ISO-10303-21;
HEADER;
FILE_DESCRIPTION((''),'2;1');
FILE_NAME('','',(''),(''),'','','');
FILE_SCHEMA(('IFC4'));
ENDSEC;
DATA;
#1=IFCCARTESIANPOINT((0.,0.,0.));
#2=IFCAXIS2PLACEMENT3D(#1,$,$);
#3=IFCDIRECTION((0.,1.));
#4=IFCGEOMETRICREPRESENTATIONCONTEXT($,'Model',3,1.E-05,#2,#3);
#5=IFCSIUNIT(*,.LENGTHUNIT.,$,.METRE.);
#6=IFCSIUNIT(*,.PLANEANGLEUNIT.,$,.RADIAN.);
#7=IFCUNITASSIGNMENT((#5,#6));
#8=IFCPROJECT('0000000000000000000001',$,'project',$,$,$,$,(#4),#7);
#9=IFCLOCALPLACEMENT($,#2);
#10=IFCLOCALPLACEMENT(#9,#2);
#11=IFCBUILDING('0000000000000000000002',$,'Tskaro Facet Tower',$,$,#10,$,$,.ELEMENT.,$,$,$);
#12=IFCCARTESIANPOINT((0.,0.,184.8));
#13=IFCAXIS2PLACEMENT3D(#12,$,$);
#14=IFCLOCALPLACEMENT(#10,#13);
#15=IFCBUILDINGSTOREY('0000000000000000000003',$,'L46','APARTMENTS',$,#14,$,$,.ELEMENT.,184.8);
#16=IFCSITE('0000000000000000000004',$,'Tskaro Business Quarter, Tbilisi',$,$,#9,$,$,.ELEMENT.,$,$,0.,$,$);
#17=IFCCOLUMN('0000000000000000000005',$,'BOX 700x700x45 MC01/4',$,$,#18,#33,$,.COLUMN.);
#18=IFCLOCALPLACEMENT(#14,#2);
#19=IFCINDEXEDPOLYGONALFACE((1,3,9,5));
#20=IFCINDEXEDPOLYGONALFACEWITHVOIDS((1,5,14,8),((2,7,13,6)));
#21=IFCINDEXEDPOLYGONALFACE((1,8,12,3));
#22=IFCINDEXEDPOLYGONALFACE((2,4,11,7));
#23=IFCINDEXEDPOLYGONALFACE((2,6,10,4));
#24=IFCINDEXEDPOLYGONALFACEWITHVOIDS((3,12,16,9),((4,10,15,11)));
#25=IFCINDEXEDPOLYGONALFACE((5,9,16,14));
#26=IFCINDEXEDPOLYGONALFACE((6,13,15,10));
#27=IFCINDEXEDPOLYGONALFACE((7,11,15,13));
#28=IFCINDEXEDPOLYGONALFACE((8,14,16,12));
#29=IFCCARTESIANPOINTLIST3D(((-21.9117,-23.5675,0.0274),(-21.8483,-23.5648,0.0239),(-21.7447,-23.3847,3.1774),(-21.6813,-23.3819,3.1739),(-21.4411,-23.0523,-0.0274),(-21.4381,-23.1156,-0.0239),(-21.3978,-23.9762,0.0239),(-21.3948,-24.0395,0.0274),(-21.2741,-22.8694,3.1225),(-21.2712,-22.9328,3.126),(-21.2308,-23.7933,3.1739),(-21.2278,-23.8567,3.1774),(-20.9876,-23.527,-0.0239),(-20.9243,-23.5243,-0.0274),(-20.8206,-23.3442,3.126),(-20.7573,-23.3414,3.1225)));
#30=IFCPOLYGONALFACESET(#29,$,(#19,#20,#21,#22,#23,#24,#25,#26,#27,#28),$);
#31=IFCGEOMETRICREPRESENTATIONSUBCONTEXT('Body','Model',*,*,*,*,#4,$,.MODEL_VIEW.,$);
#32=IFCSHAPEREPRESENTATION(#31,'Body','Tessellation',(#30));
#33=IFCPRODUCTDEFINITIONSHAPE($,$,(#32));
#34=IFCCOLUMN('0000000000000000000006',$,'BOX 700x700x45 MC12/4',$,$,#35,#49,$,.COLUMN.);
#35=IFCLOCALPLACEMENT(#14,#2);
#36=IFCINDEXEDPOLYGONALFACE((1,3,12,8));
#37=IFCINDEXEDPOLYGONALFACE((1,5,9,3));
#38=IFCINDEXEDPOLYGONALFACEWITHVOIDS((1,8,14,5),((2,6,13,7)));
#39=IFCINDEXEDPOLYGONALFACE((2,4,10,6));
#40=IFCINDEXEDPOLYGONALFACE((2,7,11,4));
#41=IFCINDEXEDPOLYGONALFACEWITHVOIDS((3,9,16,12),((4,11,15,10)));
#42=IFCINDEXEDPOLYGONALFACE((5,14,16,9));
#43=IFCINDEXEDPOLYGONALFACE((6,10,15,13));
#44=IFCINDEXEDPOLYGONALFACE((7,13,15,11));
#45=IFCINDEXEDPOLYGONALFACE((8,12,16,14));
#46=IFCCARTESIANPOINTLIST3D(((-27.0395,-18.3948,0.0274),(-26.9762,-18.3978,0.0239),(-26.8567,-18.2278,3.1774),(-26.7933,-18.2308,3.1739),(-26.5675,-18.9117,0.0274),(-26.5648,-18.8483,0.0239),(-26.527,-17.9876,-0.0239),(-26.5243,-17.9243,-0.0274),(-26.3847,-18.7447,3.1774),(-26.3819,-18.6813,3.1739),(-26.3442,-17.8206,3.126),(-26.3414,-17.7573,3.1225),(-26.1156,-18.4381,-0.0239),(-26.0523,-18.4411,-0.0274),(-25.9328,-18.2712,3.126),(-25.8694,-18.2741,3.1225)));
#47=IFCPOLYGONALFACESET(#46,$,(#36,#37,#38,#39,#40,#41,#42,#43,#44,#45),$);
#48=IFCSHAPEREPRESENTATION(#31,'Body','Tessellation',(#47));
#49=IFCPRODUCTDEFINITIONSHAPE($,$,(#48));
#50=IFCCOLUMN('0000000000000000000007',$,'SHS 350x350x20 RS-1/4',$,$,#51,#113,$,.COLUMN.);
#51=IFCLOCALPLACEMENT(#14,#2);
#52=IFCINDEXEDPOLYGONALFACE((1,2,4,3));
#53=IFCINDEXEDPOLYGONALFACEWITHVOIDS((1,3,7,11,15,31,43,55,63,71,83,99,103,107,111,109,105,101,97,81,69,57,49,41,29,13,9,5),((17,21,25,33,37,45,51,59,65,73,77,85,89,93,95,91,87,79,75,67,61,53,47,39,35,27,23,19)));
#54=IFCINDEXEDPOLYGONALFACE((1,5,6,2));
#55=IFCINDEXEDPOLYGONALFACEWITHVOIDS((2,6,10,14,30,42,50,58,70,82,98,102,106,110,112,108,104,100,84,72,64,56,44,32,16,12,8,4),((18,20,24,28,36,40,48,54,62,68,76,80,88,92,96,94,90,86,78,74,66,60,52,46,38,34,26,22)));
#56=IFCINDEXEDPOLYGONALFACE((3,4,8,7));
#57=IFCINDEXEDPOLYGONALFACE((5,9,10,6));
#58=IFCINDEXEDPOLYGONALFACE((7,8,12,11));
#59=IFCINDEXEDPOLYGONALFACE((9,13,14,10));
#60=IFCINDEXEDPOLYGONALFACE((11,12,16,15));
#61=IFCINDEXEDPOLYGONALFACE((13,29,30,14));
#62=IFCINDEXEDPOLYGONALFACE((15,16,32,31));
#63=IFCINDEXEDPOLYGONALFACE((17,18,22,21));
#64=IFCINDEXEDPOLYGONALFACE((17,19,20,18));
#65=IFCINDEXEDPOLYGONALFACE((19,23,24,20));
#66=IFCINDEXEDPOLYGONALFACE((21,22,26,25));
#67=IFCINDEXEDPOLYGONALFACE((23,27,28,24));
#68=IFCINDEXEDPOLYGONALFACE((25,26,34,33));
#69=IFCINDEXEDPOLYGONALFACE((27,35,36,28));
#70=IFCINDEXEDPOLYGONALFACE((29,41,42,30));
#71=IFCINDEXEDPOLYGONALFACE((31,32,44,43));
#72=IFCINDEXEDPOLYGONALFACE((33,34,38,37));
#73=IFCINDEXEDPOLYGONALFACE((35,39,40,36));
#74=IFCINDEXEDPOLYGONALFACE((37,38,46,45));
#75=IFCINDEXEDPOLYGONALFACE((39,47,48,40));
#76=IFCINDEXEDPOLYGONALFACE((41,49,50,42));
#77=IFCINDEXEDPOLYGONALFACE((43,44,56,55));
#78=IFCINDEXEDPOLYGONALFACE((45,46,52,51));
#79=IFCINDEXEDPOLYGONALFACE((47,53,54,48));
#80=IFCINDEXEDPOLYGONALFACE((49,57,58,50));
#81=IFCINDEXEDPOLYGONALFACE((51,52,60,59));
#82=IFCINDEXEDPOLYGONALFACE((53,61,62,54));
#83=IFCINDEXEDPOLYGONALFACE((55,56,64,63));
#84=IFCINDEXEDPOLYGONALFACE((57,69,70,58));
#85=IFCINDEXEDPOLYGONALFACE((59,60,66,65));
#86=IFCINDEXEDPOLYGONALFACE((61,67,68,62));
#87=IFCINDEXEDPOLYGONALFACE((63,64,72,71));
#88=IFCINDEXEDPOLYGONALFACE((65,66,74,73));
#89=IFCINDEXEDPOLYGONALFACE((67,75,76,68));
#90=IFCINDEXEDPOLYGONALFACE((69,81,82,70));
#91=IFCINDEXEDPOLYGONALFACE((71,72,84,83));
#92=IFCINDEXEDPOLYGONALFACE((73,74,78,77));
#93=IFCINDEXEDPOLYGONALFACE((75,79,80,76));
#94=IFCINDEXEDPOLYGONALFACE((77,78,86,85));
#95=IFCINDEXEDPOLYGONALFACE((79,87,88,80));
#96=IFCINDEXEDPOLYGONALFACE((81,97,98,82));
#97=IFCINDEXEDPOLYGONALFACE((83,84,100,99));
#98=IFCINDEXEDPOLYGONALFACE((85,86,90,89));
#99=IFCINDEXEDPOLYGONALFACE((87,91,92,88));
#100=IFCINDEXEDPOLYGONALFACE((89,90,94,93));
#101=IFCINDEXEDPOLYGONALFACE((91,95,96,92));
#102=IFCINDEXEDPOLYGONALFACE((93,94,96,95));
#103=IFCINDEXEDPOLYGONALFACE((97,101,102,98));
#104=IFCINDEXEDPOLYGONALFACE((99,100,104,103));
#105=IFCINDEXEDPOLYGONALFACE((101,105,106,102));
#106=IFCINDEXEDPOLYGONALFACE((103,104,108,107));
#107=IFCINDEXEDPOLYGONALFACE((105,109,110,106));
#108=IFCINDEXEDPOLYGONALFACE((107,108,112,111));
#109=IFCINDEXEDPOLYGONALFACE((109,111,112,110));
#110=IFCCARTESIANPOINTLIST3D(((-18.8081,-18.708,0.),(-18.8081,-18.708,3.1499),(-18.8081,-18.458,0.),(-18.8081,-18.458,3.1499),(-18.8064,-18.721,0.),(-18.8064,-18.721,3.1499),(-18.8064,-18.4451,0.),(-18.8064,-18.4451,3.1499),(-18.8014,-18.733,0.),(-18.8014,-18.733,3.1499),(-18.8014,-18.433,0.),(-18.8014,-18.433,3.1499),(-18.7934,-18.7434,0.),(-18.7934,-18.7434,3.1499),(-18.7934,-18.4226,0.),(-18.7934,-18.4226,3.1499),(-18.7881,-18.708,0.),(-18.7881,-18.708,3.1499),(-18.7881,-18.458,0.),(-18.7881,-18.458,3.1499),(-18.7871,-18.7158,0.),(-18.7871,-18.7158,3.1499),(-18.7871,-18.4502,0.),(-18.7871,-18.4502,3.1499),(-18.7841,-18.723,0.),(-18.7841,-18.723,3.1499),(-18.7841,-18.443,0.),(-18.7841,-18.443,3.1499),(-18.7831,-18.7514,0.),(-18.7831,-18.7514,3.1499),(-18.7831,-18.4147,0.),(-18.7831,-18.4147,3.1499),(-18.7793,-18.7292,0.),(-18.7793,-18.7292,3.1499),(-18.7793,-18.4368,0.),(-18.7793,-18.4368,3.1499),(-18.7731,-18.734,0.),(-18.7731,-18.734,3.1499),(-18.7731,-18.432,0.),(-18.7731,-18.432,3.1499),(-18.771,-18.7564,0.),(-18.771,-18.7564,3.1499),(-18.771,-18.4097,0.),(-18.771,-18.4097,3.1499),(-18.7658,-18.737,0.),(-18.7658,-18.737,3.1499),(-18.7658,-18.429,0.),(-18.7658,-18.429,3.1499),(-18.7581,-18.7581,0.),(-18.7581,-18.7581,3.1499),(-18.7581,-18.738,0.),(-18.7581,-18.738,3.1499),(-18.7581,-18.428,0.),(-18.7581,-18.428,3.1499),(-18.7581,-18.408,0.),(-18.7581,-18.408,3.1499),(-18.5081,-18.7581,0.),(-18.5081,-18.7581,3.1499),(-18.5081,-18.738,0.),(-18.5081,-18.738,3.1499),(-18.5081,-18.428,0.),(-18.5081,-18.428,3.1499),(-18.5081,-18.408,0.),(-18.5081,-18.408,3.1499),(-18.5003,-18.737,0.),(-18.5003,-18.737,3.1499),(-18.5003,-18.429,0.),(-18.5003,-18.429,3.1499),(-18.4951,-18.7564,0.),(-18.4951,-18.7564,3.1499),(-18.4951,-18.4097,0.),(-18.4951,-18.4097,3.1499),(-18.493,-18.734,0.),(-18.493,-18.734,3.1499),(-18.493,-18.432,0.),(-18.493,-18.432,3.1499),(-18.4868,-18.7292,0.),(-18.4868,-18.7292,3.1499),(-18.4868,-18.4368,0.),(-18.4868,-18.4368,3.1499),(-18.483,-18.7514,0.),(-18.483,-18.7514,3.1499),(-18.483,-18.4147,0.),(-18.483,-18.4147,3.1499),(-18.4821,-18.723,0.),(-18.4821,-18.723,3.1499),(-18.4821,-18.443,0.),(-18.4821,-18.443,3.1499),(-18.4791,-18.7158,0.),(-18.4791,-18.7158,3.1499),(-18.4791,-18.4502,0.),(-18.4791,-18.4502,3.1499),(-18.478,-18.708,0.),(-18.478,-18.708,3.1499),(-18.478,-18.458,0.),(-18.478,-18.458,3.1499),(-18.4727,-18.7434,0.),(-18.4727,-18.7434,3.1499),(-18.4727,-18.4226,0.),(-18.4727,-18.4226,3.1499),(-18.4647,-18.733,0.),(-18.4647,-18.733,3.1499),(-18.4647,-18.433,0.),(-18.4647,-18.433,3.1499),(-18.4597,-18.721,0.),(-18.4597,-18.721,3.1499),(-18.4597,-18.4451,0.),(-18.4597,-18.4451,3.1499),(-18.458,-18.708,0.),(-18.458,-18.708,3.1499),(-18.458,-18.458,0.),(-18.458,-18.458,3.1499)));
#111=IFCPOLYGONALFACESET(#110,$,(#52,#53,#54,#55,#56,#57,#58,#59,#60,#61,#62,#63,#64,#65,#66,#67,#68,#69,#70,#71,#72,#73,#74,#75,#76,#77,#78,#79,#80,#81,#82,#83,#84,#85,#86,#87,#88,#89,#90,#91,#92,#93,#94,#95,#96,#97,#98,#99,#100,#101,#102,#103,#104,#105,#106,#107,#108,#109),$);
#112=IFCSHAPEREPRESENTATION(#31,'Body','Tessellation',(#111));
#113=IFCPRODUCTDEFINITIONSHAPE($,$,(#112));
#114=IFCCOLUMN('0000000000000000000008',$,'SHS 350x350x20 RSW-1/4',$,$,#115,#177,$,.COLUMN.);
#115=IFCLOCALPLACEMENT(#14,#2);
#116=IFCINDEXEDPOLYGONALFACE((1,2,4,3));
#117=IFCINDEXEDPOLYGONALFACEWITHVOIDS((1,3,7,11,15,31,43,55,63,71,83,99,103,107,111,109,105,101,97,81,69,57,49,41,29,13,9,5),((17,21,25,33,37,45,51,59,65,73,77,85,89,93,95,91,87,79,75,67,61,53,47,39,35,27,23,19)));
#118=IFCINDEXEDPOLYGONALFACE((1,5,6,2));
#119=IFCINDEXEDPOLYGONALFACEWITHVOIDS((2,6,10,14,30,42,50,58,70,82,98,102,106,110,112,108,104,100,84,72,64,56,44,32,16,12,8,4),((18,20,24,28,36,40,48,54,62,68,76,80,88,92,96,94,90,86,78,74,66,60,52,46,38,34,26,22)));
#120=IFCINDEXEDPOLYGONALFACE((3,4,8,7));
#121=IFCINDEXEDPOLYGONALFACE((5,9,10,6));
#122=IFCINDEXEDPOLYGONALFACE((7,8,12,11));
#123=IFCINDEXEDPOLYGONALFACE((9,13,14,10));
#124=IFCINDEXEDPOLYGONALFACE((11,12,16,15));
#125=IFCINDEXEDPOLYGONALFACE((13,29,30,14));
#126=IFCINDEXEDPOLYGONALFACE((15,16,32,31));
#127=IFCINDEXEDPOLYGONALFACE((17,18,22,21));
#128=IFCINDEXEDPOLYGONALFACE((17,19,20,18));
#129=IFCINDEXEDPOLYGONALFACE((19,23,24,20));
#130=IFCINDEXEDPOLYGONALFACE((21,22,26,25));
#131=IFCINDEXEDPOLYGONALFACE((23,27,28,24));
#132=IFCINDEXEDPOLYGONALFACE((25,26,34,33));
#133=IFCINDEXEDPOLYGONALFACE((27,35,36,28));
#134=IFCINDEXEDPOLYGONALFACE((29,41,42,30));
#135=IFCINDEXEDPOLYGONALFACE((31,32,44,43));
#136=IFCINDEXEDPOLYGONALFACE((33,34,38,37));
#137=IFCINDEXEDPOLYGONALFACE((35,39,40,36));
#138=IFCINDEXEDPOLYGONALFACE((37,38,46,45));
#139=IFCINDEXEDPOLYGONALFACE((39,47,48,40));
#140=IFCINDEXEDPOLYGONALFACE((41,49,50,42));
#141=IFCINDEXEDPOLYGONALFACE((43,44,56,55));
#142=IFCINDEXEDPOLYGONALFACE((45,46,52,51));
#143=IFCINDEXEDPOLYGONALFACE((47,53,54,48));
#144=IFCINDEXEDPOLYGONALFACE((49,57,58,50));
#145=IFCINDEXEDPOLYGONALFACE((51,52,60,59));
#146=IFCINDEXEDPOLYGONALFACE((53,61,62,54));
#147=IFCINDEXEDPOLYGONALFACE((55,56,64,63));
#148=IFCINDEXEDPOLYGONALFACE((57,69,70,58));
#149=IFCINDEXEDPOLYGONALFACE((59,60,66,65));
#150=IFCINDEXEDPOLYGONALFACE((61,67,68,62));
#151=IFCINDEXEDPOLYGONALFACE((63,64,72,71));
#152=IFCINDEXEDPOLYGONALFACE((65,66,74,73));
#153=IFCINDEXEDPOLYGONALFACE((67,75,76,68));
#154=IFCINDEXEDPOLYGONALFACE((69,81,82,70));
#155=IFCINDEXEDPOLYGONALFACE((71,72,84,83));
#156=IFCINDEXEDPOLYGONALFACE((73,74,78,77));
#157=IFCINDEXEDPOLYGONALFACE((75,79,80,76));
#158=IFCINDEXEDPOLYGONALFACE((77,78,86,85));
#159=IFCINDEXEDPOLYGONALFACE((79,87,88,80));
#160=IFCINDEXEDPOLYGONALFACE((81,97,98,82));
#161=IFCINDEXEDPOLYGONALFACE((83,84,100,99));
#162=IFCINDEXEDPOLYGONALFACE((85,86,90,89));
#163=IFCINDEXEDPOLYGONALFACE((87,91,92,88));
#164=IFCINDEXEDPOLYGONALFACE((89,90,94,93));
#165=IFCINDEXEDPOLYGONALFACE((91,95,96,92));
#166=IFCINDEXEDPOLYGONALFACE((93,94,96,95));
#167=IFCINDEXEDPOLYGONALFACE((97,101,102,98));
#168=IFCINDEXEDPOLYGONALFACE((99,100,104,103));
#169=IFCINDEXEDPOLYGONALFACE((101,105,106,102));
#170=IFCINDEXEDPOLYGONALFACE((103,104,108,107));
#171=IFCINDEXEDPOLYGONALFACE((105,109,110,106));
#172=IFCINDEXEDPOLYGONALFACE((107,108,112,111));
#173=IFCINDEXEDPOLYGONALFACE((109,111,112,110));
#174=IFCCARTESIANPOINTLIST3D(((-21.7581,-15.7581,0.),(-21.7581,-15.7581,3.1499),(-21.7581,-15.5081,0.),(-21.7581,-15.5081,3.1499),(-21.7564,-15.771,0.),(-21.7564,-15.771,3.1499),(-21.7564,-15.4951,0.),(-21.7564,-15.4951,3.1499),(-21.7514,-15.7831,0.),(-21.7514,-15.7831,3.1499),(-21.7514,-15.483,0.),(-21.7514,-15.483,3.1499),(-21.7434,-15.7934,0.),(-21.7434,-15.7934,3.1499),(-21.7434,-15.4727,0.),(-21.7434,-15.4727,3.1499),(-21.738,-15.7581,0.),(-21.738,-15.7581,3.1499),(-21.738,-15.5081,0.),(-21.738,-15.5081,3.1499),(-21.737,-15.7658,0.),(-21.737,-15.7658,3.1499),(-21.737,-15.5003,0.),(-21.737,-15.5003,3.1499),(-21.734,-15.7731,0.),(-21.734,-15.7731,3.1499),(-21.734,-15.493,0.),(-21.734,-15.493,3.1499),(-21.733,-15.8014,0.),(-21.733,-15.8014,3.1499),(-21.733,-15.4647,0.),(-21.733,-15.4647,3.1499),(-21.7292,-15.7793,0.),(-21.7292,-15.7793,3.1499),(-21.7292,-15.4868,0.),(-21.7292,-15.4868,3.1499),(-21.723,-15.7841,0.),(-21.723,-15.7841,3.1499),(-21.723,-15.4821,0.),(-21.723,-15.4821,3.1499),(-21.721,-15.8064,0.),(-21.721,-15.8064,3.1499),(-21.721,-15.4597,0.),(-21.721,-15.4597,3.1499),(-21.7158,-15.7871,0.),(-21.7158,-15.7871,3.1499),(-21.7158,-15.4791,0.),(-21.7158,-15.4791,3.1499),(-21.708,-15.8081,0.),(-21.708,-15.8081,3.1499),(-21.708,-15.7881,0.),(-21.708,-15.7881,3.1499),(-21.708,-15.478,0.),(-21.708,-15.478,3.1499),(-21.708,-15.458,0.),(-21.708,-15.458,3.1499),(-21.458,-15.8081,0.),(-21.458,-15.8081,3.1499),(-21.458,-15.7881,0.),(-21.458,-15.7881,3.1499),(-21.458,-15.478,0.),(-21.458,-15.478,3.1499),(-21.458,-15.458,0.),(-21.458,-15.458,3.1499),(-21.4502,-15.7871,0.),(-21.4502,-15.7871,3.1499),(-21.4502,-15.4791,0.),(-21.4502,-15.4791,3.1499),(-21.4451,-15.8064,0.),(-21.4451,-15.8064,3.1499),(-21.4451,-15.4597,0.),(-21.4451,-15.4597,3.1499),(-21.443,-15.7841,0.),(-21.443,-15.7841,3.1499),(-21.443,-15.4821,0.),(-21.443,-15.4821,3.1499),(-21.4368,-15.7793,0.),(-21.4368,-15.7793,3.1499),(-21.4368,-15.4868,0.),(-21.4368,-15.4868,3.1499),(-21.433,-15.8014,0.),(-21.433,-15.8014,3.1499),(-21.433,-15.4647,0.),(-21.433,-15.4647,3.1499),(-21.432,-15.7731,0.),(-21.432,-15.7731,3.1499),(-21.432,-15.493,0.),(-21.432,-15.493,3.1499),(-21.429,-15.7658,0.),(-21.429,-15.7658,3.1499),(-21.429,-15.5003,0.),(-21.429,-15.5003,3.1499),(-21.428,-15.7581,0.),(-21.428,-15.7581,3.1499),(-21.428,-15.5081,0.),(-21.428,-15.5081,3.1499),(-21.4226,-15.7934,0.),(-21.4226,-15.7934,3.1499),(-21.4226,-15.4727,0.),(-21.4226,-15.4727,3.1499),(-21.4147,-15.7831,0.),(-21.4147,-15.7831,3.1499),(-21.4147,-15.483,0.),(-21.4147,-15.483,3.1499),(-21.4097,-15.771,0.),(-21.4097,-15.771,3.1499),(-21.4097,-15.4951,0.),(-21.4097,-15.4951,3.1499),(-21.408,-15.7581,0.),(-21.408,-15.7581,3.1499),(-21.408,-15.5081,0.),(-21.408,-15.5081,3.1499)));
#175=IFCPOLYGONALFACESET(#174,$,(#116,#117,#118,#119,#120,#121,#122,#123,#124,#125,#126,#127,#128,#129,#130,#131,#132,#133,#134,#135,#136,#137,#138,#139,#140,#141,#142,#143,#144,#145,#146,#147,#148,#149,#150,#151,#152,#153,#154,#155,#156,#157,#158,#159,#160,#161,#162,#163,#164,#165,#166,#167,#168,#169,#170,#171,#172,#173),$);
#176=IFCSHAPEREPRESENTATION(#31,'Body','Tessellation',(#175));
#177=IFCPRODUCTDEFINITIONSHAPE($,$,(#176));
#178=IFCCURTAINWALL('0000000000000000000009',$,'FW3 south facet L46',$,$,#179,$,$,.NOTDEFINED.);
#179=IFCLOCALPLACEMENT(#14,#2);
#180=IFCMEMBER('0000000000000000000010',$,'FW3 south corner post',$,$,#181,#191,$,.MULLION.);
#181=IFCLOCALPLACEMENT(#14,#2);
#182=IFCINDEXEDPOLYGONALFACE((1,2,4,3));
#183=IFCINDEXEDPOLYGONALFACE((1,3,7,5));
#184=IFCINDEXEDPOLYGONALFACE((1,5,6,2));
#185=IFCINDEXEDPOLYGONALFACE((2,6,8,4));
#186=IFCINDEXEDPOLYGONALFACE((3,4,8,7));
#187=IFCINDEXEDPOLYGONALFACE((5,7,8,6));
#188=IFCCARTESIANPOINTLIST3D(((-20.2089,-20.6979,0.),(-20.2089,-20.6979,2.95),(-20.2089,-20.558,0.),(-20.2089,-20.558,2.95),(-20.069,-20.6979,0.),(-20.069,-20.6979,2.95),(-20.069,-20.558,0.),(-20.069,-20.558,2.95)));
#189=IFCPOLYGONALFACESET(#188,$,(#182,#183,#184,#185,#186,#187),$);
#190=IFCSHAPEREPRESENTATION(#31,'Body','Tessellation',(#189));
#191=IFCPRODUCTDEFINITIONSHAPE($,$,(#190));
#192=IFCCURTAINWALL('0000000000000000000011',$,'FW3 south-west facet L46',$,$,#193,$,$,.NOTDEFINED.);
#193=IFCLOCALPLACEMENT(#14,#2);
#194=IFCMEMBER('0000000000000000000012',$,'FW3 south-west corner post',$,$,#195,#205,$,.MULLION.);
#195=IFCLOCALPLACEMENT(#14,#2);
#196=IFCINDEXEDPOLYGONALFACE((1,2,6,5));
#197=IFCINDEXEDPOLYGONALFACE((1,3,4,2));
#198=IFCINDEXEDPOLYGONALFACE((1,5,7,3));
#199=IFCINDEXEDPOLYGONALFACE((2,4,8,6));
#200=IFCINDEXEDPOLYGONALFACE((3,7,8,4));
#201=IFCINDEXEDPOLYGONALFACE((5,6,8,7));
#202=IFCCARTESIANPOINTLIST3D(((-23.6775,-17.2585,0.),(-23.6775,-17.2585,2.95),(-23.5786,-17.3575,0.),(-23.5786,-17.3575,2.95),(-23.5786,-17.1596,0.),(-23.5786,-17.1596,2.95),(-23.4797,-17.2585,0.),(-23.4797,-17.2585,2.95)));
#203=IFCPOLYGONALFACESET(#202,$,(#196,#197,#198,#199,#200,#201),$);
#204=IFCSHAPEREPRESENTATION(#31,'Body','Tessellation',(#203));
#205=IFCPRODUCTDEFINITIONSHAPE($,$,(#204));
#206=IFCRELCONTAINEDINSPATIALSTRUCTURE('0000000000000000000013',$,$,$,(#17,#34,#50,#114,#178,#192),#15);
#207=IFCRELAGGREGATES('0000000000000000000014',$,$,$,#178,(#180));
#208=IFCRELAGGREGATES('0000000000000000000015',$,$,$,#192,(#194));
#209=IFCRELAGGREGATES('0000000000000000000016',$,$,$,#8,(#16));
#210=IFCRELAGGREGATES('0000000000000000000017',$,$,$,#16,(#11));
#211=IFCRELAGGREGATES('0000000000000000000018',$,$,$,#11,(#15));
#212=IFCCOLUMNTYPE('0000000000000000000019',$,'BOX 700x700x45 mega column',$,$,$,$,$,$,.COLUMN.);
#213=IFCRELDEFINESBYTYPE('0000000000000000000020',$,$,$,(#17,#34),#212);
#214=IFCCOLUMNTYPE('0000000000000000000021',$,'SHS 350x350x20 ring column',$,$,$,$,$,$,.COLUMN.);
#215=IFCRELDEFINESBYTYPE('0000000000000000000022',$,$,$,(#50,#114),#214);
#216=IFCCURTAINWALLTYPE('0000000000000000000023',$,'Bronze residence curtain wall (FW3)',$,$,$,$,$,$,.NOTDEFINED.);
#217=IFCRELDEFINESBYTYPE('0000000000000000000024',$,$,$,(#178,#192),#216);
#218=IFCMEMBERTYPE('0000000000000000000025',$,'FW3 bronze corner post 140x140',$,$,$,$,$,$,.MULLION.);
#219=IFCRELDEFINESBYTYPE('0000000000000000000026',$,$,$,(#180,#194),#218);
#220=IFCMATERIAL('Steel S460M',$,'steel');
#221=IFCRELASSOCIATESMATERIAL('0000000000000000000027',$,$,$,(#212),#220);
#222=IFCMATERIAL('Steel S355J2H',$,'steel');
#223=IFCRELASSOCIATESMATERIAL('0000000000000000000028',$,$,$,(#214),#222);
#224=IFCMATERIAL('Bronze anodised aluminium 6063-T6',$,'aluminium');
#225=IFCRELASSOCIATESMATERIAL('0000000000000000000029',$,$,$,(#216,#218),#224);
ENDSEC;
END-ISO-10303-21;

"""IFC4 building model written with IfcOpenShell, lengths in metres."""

from ifc_helpers import new_model, si_unit, direction, frame, origin, origin_2d, place, context, subcontext, project, spatial, rectangle, hollow_rectangle, extrude, material, material_profile, profile_set, type_object, element, aggregate, save


model = new_model("IFC4")

# Units and contexts
model_context = context("Model", 3, precision=1e-05, world=origin(), true_north=direction((0.0, 1.0)))
body_context = subcontext(model_context, "Body", "Model", "MODEL_VIEW")
ifc_project = project(units=[si_unit("LENGTHUNIT", "METRE"), si_unit("PLANEANGLEUNIT", "RADIAN")], contexts=[model_context])

# Site, building, storey
site_placement = place(None, origin())
site = spatial("IfcSite", under=ifc_project, at=site_placement, Name="Tskaro Business Quarter, Tbilisi", CompositionType="ELEMENT", RefElevation=0.0)
building_placement = place(site_placement, origin())
building = spatial("IfcBuilding", under=site, at=building_placement, Name="Tskaro Facet Tower", CompositionType="ELEMENT")
storey_placement = place(building_placement, frame((0.0, 0.0, 184.8)))
storey = spatial("IfcBuildingStorey", under=building, at=storey_placement, Name="L46", Description="APARTMENTS", CompositionType="ELEMENT", Elevation=184.8)

# Columns
ifc_material_1 = material(Name="Steel S460M", Category="steel")
ifc_material_profile_1 = material_profile(ifc_material_1, hollow_rectangle(XDim=0.7, YDim=0.7, WallThickness=0.0449, at=origin_2d()), Name="BOX 700x700x45")
ifc_profile_set_1 = profile_set([ifc_material_profile_1], Name="Steel S460M")
column_type_1 = type_object("IfcColumnType", Name="BOX 700x700x45 mega column", PredefinedType="COLUMN", material=ifc_profile_set_1)
for number, where, z_axis, x_axis, name in (
    (1, (-21.418, -23.5459, 0.0), (0.052852, 0.057874, 0.996924), (-0.738421, 0.674339, 0.0), "BOX 700x700x45 MC01/4"),
    (2, (-26.5459, -18.418, 0.0), (0.057874, 0.052852, 0.996924), (-0.674339, 0.738421, 0.0), "BOX 700x700x45 MC12/4"),
):
    element("IfcColumn", number, at=place(storey_placement, frame(where, z_axis=z_axis, x_axis=x_axis)), inside=storey, type_object=column_type_1, Name=name, PredefinedType="COLUMN", context=body_context, shape_type="SweptSolid", body=[
        extrude(hollow_rectangle(XDim=0.7, YDim=0.7, WallThickness=0.0449, at=origin_2d()), origin(), (0.0, 0.0, 1.0), 3.1597),
    ])
ifc_material_2 = material(Name="Steel S355J2H", Category="steel")
ifc_material_profile_2 = material_profile(ifc_material_2, hollow_rectangle(XDim=0.3501, YDim=0.3501, WallThickness=0.02, InnerFilletRadius=0.03, OuterFilletRadius=0.05, at=origin_2d()), Name="SHS 350x350x20")
ifc_profile_set_2 = profile_set([ifc_material_profile_2], Name="Steel S355J2H")
column_type_2 = type_object("IfcColumnType", Name="SHS 350x350x20 ring column", PredefinedType="COLUMN", material=ifc_profile_set_2)
for number, where, z_axis, x_axis, name in (
    (3, (-18.6331, -18.583, 0.0), (0.0, 0.0, 1.0), (1.0, 0.0, 0.0), "SHS 350x350x20 RS-1/4"),
    (4, (-21.583, -15.6331, 0.0), (0.0, 0.0, 1.0), (1.0, 0.0, 0.0), "SHS 350x350x20 RSW-1/4"),
):
    element("IfcColumn", number, at=place(storey_placement, frame(where, z_axis=z_axis, x_axis=x_axis)), inside=storey, type_object=column_type_2, Name=name, PredefinedType="COLUMN", context=body_context, shape_type="SweptSolid", body=[
        extrude(hollow_rectangle(XDim=0.3501, YDim=0.3501, WallThickness=0.02, InnerFilletRadius=0.03, OuterFilletRadius=0.05, at=origin_2d()), origin(), (0.0, 0.0, 1.0), 3.1499),
    ])

# Curtain walls, members
ifc_material_3 = material(Name="Bronze anodised aluminium 6063-T6", Category="aluminium")
curtain_wall_type = type_object("IfcCurtainWallType", Name="Bronze residence curtain wall (FW3)", PredefinedType="NOTDEFINED", material=ifc_material_3)
curtain_wall_1_placement = place(storey_placement, origin())
curtain_wall_1 = element("IfcCurtainWall", 5, at=curtain_wall_1_placement, inside=storey, type_object=curtain_wall_type, Name="FW3 south facet L46", PredefinedType="NOTDEFINED")
ifc_material_profile_3 = material_profile(ifc_material_3, rectangle(XDim=0.1399, YDim=0.1399, at=origin_2d()), Name="Corner post 140x140")
ifc_profile_set_3 = profile_set([ifc_material_profile_3], Name="Bronze anodised aluminium 6063-T6")
member_type_1 = type_object("IfcMemberType", Name="FW3 bronze corner post 140x140", PredefinedType="MULLION", material=ifc_profile_set_3)
member_1_placement = place(storey_placement, frame((-20.1389, -20.6279, 0.0), z_axis=(0.0, 0.0, 1.0), x_axis=(1.0, 0.0, 0.0)))
member_1 = element("IfcMember", 6, at=member_1_placement, type_object=member_type_1, Name="FW3 south corner post", PredefinedType="MULLION", context=body_context, shape_type="SweptSolid", body=[
    extrude(rectangle(XDim=0.1399, YDim=0.1399, at=origin_2d()), origin(), (0.0, 0.0, 1.0), 2.95),
])
curtain_wall_2_placement = place(storey_placement, origin())
curtain_wall_2 = element("IfcCurtainWall", 7, at=curtain_wall_2_placement, inside=storey, type_object=curtain_wall_type, Name="FW3 south-west facet L46", PredefinedType="NOTDEFINED")
member_2_placement = place(storey_placement, frame((-23.5786, -17.2585, 0.0), z_axis=(0.0, 0.0, 1.0), x_axis=(0.707107, -0.707107, 0.0)))
member_2 = element("IfcMember", 8, at=member_2_placement, type_object=member_type_1, Name="FW3 south-west corner post", PredefinedType="MULLION", context=body_context, shape_type="SweptSolid", body=[
    extrude(rectangle(XDim=0.1399, YDim=0.1399, at=origin_2d()), origin(), (0.0, 0.0, 1.0), 2.95),
])

aggregate(curtain_wall_1, [member_1])

aggregate(curtain_wall_2, [member_2])

save(model, "model.ifc")
